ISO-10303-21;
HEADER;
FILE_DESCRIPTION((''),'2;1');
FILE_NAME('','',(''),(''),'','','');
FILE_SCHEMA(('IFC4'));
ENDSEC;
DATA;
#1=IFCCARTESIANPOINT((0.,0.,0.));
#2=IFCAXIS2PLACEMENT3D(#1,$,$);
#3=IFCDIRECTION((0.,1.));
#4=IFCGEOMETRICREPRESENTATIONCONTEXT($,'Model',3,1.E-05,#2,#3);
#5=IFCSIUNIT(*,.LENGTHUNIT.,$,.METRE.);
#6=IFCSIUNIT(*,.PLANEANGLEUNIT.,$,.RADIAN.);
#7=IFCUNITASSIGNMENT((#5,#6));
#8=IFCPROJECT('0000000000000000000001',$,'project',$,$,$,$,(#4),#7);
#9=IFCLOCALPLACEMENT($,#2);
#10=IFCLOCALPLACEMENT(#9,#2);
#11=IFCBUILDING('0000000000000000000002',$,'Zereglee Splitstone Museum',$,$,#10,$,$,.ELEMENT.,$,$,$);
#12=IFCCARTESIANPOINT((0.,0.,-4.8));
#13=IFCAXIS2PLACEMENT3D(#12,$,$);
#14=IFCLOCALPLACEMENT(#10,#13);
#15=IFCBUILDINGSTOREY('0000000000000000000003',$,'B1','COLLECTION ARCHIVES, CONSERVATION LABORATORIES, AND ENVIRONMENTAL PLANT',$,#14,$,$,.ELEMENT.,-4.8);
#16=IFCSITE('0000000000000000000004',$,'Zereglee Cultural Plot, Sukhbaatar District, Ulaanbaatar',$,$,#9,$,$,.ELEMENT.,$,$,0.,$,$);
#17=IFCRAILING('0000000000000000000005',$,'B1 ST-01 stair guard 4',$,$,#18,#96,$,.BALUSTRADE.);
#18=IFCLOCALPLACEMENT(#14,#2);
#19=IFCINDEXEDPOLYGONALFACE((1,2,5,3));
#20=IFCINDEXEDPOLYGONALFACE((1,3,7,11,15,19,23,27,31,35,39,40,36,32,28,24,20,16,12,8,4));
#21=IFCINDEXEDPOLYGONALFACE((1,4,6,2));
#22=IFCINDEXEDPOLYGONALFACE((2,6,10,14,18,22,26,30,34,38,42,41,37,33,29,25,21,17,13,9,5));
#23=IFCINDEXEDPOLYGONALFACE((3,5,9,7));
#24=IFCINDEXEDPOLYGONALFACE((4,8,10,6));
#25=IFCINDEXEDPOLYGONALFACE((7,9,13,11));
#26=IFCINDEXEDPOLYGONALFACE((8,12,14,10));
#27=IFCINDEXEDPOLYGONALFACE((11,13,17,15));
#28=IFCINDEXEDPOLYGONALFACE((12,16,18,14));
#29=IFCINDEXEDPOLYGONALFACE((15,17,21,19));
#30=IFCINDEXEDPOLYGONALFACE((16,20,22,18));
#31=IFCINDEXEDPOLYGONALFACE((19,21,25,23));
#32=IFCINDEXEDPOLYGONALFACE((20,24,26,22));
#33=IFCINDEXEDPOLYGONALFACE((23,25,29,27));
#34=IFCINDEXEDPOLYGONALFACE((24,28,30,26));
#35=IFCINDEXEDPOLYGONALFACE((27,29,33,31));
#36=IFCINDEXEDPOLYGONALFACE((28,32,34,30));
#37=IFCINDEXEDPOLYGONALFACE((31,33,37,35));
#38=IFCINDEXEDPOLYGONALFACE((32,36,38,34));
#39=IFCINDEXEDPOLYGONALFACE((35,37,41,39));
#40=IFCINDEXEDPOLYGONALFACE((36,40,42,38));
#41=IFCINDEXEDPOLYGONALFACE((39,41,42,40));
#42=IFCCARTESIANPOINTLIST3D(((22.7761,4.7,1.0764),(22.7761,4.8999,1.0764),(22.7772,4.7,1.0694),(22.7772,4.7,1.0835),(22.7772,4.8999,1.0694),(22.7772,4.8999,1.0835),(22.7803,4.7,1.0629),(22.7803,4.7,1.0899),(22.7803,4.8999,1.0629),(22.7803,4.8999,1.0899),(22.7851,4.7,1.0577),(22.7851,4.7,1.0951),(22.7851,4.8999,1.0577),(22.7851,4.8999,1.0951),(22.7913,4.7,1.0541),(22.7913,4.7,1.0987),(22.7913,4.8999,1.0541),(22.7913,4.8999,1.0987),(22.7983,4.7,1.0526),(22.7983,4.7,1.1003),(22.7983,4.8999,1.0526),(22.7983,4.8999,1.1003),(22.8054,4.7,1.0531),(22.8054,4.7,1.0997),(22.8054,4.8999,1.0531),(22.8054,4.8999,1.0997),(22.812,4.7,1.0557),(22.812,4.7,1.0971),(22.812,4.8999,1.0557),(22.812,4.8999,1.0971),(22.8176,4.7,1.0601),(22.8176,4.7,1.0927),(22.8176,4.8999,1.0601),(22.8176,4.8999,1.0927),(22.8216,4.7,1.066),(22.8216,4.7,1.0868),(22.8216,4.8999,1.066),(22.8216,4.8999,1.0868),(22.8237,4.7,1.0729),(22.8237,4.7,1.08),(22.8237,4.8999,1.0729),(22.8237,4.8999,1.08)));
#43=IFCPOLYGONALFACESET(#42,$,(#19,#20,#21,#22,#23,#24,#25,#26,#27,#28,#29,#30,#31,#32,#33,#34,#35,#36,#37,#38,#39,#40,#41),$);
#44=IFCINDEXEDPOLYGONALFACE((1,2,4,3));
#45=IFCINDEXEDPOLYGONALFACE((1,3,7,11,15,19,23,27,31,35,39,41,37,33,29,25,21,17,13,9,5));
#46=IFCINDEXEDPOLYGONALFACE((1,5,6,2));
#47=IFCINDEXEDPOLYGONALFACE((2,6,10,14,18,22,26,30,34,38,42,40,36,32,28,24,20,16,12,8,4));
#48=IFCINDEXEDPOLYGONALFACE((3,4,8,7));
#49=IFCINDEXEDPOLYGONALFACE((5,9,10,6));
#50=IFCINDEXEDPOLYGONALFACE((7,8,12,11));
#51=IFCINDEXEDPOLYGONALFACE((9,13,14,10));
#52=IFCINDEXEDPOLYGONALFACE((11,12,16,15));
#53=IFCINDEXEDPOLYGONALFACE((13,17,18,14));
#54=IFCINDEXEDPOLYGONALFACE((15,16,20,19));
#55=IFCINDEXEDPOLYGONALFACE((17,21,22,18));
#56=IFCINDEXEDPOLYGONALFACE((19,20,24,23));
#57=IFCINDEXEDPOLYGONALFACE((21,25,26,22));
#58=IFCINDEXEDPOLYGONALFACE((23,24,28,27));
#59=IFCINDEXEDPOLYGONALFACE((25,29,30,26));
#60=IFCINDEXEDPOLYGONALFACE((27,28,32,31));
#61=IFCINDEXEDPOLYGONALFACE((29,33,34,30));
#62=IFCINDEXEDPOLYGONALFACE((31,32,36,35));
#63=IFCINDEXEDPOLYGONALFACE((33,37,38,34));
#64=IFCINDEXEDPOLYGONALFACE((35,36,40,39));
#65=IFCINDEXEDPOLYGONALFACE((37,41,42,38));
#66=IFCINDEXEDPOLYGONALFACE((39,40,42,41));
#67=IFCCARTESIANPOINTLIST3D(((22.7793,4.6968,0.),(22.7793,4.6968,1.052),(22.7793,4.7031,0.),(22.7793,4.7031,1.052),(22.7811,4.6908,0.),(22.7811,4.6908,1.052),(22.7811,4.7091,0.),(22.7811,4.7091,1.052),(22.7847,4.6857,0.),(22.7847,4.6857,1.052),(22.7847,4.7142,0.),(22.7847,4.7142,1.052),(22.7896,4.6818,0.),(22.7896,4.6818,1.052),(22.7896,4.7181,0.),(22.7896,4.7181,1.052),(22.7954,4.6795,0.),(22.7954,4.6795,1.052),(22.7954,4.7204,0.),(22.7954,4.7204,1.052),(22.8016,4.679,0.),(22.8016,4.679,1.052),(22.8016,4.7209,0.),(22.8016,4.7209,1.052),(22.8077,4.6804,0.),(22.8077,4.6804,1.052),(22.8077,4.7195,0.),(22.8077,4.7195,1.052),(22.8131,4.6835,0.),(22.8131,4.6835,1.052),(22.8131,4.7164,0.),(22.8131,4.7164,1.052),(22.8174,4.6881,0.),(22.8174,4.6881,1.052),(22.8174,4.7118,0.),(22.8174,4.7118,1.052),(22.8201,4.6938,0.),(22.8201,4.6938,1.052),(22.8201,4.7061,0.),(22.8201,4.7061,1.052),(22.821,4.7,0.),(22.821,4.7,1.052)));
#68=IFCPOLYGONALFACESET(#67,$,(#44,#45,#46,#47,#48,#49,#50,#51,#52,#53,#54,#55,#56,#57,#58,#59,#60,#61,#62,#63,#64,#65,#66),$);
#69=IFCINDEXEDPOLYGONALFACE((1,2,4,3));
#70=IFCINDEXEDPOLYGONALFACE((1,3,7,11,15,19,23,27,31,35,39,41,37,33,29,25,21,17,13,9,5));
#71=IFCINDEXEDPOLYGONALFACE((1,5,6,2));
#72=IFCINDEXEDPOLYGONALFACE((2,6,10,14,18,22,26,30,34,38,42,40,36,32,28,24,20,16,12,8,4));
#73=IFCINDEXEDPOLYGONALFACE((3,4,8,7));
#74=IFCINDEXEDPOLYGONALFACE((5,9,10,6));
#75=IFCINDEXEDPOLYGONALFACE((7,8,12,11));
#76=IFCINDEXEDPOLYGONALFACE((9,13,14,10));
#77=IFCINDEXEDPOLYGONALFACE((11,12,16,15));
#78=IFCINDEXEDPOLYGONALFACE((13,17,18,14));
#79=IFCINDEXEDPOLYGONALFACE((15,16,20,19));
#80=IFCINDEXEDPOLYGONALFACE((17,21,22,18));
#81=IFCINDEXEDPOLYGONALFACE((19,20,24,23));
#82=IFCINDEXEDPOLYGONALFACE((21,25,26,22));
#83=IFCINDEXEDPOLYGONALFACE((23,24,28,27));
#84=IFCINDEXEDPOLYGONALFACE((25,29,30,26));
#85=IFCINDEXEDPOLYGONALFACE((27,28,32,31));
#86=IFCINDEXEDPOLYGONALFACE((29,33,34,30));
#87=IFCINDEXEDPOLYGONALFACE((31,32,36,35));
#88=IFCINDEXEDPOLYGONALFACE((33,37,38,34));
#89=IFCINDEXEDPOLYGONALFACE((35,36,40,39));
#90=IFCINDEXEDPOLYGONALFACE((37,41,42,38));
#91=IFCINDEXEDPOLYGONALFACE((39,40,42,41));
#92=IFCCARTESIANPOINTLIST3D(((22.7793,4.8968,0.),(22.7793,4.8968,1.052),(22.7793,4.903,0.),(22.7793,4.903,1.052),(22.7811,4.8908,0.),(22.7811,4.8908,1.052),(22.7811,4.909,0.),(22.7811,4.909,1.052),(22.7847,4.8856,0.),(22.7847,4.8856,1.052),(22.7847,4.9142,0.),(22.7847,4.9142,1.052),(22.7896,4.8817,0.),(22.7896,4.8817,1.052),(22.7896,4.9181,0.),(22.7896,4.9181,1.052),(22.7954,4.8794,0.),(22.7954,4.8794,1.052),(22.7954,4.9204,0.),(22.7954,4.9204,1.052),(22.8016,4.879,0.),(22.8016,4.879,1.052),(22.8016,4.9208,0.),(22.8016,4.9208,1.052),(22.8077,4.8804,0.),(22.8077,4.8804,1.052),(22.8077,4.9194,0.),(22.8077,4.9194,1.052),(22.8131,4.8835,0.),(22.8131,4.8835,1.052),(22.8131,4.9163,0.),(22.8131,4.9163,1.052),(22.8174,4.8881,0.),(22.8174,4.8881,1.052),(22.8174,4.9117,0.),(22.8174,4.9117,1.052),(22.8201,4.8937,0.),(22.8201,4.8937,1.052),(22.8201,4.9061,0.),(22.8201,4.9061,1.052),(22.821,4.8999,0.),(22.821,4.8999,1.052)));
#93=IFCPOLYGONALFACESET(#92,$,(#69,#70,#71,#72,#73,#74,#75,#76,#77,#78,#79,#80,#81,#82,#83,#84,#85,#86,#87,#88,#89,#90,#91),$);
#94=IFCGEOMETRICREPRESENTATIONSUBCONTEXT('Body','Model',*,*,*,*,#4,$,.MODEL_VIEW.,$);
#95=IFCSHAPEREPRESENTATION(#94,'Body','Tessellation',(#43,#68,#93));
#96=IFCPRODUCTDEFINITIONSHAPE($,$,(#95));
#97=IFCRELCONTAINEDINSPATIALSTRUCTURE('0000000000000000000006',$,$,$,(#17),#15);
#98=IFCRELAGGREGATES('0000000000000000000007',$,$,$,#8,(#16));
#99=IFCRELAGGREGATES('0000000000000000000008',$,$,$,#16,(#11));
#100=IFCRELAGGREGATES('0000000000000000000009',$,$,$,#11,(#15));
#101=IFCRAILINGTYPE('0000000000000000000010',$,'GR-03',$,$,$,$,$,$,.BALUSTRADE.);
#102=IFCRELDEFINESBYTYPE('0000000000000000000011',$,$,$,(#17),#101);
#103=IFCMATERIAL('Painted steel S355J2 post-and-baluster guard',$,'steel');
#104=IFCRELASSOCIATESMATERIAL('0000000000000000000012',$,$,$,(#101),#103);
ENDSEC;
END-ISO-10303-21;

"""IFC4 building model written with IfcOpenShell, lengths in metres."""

from ifc_helpers import new_model, si_unit, direction, frame, origin, origin_2d, place, context, subcontext, project, spatial, circle, extrude, material, type_object, element, save


model = new_model("IFC4")

# Units and contexts
model_context = context("Model", 3, precision=1e-05, world=origin(), true_north=direction((0.0, 1.0)))
body_context = subcontext(model_context, "Body", "Model", "MODEL_VIEW")
ifc_project = project(units=[si_unit("LENGTHUNIT", "METRE"), si_unit("PLANEANGLEUNIT", "RADIAN")], contexts=[model_context])

# Site, building, storey
site_placement = place(None, origin())
site = spatial("IfcSite", under=ifc_project, at=site_placement, Name="Zereglee Cultural Plot, Sukhbaatar District, Ulaanbaatar", CompositionType="ELEMENT", RefElevation=0.0)
building_placement = place(site_placement, origin())
building = spatial("IfcBuilding", under=site, at=building_placement, Name="Zereglee Splitstone Museum", CompositionType="ELEMENT")
storey_placement = place(building_placement, frame((0.0, 0.0, -4.8)))
storey = spatial("IfcBuildingStorey", under=building, at=storey_placement, Name="B1", Description="COLLECTION ARCHIVES, CONSERVATION LABORATORIES, AND ENVIRONMENTAL PLANT", CompositionType="ELEMENT", Elevation=-4.8)

# Railing
ifc_material_1 = material(Name="Painted steel S355J2 post-and-baluster guard", Category="steel")
railing_type_1 = type_object("IfcRailingType", Name="GR-03", PredefinedType="BALUSTRADE", material=ifc_material_1)
railing_1_placement = place(storey_placement, frame((22.8, 4.7, 0.0)))
element("IfcRailing", 1, at=railing_1_placement, inside=storey, type_object=railing_type_1, Name="B1 ST-01 stair guard 4", PredefinedType="BALUSTRADE", context=body_context, shape_type="SweptSolid", body=[
    extrude(circle(Radius=0.0239, at=origin_2d()), frame((0.0, 0.0, 1.0764), z_axis=(0.0, 1.0, 0.0), x_axis=(-1.0, 0.0, 0.0)), (0.0, 0.0, 1.0), 0.2),
    extrude(circle(Radius=0.021, at=origin_2d()), origin(), (0.0, 0.0, 1.0), 1.052),
    extrude(circle(Radius=0.021, at=origin_2d()), frame((0.0, 0.2, 0.0)), (0.0, 0.0, 1.0), 1.052),
])

save(model, "model.ifc")
